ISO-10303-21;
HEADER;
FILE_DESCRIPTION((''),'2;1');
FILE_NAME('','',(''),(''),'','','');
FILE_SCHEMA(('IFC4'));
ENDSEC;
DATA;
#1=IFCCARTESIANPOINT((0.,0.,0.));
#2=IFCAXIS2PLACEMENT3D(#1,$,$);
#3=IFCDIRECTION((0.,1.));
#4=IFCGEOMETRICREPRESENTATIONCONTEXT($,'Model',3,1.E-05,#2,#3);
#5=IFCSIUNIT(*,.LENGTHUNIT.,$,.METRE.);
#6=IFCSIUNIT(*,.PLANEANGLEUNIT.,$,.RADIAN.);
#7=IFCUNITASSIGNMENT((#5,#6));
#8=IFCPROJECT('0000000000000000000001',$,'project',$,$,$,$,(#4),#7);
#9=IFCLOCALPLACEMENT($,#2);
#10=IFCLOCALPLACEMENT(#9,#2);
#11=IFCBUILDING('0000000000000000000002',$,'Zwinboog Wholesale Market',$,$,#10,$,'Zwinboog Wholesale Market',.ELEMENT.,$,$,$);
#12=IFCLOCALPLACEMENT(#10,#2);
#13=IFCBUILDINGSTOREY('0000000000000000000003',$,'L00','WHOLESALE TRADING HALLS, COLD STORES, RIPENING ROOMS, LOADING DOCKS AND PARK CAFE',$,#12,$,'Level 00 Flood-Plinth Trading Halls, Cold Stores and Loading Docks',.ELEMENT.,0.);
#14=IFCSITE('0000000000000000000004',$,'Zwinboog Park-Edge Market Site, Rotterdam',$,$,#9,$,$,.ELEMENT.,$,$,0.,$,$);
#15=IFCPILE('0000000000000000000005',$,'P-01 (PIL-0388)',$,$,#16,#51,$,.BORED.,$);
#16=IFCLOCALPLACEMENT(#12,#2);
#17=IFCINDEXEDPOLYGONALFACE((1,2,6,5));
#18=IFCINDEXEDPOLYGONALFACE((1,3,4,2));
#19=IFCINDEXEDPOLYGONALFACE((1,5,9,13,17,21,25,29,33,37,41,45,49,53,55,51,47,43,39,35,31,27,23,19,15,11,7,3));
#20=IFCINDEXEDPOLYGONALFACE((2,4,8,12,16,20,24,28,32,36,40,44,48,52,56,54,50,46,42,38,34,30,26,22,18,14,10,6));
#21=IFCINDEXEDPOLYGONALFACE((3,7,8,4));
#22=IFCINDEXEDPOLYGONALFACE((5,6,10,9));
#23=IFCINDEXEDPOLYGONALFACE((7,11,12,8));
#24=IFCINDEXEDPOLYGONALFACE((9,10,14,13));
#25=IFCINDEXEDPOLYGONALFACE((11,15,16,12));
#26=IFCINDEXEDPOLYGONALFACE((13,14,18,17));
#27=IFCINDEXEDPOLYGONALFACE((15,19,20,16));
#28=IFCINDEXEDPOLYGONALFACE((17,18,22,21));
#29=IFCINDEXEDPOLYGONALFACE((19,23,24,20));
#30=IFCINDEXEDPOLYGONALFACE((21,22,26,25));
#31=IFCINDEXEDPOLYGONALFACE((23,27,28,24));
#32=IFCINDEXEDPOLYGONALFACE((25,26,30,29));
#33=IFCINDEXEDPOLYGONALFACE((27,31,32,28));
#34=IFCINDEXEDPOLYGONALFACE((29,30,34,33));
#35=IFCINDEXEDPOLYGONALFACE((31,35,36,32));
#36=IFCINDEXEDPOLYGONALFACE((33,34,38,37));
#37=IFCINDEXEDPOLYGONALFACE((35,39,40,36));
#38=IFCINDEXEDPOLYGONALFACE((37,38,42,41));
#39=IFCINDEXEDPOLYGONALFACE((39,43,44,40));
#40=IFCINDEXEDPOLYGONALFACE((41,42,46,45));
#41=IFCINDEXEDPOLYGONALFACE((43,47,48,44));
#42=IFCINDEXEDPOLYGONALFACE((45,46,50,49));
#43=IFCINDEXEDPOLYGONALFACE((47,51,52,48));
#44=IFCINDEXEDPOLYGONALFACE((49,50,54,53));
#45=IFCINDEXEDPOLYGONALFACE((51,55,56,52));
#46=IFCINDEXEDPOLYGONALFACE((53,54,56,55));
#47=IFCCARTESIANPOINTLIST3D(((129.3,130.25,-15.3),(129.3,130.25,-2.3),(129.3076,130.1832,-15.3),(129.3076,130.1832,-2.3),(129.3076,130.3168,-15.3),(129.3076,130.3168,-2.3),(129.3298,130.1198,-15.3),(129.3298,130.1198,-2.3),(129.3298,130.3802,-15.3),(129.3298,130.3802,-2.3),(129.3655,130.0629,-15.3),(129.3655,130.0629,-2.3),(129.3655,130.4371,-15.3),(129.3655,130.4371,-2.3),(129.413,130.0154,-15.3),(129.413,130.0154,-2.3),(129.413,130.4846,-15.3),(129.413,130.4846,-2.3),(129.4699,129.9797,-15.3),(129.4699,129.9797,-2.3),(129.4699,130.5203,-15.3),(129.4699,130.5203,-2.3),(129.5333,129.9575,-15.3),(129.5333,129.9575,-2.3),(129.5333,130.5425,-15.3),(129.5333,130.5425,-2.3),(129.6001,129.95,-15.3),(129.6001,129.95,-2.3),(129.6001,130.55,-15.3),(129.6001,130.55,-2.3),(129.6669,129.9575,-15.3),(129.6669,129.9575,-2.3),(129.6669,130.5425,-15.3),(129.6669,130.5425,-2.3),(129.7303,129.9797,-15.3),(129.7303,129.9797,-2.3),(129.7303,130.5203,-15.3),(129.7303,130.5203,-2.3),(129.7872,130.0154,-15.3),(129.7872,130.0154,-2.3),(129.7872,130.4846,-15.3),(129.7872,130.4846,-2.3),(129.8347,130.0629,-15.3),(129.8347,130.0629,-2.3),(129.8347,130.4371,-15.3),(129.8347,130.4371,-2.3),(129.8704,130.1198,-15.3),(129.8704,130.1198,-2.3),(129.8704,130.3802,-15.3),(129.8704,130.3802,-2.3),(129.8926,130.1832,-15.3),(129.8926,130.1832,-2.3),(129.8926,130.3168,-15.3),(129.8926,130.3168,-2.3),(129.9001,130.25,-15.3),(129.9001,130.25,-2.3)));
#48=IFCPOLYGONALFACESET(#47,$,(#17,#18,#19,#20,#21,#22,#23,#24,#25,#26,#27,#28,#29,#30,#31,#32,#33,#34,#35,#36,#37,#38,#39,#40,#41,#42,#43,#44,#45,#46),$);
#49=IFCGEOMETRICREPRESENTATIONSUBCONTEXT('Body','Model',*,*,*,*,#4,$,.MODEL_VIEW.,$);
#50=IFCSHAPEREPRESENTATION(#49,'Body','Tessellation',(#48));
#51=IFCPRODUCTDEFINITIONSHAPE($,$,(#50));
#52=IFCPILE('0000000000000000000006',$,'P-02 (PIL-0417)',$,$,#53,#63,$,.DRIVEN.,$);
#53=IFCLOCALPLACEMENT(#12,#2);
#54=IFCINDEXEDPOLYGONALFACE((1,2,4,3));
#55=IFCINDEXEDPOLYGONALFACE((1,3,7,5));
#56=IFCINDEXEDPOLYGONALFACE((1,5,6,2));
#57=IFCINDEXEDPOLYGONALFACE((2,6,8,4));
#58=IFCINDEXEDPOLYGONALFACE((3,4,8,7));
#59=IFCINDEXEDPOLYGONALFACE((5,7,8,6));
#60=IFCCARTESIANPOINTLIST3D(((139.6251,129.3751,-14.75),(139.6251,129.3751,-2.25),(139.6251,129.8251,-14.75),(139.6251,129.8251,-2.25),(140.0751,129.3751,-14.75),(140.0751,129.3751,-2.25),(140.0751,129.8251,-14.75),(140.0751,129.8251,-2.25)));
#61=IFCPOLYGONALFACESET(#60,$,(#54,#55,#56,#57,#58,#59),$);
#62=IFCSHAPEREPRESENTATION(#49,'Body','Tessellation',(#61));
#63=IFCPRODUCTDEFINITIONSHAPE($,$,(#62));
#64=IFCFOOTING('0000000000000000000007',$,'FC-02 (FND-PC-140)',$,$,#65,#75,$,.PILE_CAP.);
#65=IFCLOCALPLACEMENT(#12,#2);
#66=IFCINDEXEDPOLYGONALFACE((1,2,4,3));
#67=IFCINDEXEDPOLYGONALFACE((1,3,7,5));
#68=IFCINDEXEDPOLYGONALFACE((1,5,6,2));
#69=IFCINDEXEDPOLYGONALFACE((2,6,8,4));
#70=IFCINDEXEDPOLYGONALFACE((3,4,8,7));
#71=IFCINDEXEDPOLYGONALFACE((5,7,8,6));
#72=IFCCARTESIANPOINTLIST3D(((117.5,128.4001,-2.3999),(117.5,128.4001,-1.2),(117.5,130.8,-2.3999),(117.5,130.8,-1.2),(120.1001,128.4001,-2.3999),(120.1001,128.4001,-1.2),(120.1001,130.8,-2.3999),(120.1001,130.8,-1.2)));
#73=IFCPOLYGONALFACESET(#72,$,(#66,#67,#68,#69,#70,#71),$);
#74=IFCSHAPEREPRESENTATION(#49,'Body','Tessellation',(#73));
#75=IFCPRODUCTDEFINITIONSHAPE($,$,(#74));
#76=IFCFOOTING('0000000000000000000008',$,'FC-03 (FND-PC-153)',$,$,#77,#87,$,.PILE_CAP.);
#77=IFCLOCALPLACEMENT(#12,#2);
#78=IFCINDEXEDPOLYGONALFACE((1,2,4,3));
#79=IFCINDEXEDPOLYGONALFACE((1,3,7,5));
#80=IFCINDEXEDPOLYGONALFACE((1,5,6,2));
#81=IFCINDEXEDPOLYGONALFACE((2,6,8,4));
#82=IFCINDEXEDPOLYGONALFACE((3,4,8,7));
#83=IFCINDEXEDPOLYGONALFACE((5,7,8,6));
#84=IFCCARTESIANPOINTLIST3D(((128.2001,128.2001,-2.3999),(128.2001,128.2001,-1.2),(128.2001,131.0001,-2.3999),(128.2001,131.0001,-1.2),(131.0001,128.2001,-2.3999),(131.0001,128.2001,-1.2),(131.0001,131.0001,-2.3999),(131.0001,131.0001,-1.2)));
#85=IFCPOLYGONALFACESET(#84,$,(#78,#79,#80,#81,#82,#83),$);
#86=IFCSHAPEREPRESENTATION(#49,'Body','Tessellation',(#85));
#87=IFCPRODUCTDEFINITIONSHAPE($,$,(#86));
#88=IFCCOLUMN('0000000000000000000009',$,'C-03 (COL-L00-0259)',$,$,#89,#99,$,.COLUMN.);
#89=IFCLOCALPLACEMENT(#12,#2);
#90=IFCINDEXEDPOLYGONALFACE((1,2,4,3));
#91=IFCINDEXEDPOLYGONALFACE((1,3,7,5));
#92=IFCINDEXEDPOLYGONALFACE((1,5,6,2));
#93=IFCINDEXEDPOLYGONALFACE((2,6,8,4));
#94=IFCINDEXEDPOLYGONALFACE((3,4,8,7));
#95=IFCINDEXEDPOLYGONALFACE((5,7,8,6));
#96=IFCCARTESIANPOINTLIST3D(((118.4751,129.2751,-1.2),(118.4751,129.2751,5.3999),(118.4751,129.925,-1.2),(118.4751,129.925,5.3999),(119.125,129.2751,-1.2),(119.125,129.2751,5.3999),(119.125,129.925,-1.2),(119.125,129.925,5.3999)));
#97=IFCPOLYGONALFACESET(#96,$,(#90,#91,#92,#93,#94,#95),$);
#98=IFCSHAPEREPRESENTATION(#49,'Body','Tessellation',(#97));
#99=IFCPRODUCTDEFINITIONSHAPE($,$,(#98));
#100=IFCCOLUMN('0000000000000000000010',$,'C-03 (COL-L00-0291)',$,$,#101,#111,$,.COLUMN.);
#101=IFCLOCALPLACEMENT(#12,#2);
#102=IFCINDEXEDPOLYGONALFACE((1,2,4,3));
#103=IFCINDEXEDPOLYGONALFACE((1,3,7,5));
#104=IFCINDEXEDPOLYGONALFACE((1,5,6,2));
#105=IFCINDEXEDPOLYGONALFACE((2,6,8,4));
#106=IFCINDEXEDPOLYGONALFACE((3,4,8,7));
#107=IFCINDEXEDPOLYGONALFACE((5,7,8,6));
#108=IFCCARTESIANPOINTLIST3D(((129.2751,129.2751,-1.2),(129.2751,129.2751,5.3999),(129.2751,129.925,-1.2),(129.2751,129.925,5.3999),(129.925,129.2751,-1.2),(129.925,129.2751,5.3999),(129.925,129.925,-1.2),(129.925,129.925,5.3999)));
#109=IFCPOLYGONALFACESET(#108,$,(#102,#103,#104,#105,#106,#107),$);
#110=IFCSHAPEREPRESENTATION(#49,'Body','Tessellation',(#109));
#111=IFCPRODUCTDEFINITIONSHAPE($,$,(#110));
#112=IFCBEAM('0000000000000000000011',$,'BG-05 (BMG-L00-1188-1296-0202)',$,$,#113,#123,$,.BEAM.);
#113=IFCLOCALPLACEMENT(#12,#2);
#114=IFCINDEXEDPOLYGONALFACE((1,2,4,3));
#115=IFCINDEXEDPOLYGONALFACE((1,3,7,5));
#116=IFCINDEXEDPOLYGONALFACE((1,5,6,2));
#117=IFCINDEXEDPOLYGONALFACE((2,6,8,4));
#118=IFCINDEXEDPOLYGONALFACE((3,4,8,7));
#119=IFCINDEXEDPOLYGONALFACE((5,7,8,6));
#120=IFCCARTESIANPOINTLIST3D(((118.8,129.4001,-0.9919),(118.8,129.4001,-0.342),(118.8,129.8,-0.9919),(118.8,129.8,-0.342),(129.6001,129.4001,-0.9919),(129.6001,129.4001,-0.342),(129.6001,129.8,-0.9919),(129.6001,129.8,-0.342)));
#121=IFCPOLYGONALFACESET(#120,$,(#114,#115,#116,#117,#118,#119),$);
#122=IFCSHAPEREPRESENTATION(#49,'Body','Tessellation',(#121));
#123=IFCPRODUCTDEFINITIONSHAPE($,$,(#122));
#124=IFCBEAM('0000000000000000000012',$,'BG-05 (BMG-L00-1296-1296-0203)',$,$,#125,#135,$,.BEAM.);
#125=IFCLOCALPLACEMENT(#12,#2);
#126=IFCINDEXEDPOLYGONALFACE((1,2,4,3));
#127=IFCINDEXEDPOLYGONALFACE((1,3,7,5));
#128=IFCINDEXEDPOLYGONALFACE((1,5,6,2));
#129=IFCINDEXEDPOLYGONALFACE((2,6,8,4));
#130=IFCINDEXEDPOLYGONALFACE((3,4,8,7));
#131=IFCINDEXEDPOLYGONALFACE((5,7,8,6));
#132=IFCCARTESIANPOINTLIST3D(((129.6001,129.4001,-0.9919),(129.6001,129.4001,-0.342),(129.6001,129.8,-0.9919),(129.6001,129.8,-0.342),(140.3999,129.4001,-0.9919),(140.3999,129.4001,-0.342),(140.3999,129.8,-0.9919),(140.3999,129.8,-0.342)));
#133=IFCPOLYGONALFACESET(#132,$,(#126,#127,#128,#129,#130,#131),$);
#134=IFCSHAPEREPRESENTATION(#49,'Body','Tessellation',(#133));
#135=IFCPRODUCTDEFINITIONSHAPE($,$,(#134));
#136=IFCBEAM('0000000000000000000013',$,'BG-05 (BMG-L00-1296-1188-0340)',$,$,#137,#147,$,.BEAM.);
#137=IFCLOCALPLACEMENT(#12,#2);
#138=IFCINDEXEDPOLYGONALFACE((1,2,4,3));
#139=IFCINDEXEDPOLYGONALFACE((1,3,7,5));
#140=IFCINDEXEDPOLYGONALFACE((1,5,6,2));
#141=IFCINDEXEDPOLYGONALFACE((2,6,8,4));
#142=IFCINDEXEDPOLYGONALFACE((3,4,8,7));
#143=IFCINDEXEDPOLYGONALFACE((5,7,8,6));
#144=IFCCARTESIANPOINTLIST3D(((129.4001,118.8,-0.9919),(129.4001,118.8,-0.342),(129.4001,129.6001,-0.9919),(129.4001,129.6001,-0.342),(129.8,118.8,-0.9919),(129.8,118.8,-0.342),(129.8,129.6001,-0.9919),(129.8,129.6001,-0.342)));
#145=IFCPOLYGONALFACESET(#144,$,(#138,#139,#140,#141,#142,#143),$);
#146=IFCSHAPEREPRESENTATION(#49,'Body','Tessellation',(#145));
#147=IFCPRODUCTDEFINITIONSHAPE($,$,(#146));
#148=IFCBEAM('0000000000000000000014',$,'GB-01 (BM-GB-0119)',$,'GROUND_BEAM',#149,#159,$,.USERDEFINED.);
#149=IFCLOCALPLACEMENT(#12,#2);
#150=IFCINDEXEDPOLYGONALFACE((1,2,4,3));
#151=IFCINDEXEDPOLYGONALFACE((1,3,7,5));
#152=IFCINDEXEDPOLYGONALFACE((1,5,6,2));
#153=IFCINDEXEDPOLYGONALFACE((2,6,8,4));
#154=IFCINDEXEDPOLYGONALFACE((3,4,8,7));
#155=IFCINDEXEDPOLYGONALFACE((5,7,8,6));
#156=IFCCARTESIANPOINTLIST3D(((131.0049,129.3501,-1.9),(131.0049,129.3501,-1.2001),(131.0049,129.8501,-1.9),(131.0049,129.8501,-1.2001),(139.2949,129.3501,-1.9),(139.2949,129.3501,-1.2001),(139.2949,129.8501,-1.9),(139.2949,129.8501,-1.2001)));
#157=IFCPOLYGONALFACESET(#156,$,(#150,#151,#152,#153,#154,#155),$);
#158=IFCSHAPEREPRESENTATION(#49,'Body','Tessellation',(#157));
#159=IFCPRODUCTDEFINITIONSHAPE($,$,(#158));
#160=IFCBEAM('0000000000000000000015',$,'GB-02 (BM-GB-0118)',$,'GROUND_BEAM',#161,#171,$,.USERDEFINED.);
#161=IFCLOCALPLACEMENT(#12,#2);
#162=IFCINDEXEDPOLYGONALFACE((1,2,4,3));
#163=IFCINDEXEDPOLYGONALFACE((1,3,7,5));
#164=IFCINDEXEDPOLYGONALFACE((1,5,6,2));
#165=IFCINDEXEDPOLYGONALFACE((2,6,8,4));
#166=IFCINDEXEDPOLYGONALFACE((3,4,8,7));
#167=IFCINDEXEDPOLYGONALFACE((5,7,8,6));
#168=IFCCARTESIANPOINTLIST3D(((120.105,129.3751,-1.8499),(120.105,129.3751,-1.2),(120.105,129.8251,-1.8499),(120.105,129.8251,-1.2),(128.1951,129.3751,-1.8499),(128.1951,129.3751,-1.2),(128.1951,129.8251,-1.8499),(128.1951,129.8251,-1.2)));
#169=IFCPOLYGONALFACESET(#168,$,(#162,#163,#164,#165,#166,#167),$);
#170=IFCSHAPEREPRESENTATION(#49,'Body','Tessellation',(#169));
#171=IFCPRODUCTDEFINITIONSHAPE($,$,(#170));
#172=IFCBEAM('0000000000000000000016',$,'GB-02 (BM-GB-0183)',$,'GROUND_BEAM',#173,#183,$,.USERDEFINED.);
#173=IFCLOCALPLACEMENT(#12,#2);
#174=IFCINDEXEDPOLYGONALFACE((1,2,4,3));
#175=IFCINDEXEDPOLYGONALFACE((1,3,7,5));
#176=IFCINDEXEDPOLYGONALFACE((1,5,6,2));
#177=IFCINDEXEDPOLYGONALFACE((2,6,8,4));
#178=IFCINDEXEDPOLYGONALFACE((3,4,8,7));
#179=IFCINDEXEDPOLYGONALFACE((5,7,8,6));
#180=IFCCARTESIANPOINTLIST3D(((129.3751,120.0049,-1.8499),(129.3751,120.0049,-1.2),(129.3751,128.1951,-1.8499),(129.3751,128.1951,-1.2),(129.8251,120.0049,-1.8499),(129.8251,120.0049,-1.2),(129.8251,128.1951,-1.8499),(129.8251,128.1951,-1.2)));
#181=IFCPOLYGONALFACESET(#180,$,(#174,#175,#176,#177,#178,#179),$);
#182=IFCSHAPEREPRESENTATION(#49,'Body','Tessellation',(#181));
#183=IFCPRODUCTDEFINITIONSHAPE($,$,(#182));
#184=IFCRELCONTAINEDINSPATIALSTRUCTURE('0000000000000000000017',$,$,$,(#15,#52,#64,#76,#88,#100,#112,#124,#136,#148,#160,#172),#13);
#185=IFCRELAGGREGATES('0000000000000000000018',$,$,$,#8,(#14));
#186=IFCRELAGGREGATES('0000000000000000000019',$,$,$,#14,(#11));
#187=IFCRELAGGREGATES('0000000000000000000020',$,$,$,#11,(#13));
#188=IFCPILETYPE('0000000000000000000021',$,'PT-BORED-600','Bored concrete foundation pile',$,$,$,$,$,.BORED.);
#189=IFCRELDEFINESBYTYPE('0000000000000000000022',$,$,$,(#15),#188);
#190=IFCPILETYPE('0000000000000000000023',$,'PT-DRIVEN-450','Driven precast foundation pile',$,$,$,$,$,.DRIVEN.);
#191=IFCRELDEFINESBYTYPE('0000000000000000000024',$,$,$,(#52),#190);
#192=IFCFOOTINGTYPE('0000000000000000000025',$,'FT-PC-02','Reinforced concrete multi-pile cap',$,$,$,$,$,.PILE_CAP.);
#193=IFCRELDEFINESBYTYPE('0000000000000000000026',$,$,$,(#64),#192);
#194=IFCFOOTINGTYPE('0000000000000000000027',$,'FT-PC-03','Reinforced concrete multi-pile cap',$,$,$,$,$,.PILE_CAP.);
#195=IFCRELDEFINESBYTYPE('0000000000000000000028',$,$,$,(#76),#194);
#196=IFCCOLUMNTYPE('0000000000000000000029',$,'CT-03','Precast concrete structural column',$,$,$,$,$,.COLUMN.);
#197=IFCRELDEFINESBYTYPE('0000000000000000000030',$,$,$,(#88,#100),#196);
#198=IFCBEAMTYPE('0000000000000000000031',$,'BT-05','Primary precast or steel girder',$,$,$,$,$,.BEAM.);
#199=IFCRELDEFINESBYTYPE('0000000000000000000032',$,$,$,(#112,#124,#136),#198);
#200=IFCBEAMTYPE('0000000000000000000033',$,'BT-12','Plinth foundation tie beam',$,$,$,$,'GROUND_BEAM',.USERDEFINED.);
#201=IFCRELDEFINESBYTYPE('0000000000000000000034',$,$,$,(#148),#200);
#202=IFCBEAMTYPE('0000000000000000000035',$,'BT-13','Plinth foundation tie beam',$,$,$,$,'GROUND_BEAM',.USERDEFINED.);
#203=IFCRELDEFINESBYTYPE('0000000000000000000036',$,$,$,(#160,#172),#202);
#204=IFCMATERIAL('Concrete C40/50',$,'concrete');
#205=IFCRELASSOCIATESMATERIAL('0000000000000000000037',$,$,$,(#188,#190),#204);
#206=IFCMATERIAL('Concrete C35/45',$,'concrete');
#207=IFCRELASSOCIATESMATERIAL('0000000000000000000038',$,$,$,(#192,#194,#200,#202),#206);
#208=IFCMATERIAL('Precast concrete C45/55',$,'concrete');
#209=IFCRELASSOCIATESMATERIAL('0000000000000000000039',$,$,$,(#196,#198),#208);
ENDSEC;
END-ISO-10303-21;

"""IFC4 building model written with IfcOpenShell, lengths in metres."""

from ifc_helpers import new_model, si_unit, direction, frame, origin, origin_2d, place, context, subcontext, project, spatial, rectangle, circle, extrude, material, material_profile, profile_set, type_object, element, save


model = new_model("IFC4")

# Units and contexts
model_context = context("Model", 3, precision=1e-05, world=origin(), true_north=direction((0.0, 1.0)))
body_context = subcontext(model_context, "Body", "Model", "MODEL_VIEW")
ifc_project = project(units=[si_unit("LENGTHUNIT", "METRE"), si_unit("PLANEANGLEUNIT", "RADIAN")], contexts=[model_context])

# Site, building, storey
site_placement = place(None, origin())
site = spatial("IfcSite", under=ifc_project, at=site_placement, Name="Zwinboog Park-Edge Market Site, Rotterdam", CompositionType="ELEMENT", RefElevation=0.0)
building_placement = place(site_placement, origin())
building = spatial("IfcBuilding", under=site, at=building_placement, Name="Zwinboog Wholesale Market", LongName="Zwinboog Wholesale Market", CompositionType="ELEMENT")
storey_placement = place(building_placement, origin())
storey = spatial("IfcBuildingStorey", under=building, at=storey_placement, Name="L00", Description="WHOLESALE TRADING HALLS, COLD STORES, RIPENING ROOMS, LOADING DOCKS AND PARK CAFE", LongName="Level 00 Flood-Plinth Trading Halls, Cold Stores and Loading Docks", CompositionType="ELEMENT", Elevation=0.0)

# Piles
ifc_material_1 = material(Name="Concrete C40/50", Category="concrete")
ifc_material_profile_1 = material_profile(ifc_material_1, circle(Radius=0.3, at=origin_2d()), Name="PILE D600")
ifc_profile_set_1 = profile_set([ifc_material_profile_1], Name="Concrete C40/50")
pile_type_1 = type_object("IfcPileType", Name="PT-BORED-600", Description="Bored concrete foundation pile", PredefinedType="BORED", material=ifc_profile_set_1)
for number, where, z_axis, x_axis, name in (
    (1, (129.6001, 130.25, -2.3), (0.0, 0.0, -1.0), (1.0, 0.0, 0.0), "P-01 (PIL-0388)"),
):
    element("IfcPile", number, at=place(storey_placement, frame(where, z_axis=z_axis, x_axis=x_axis)), inside=storey, type_object=pile_type_1, Name=name, PredefinedType="BORED", context=body_context, shape_type="SweptSolid", body=[
        extrude(circle(Radius=0.3, at=origin_2d()), origin(), (0.0, 0.0, 1.0), 13.0),
    ])
ifc_material_profile_2 = material_profile(ifc_material_1, rectangle(XDim=0.45, YDim=0.45, at=origin_2d()), Name="PILE SQ450")
ifc_profile_set_2 = profile_set([ifc_material_profile_2], Name="Concrete C40/50")
pile_type_2 = type_object("IfcPileType", Name="PT-DRIVEN-450", Description="Driven precast foundation pile", PredefinedType="DRIVEN", material=ifc_profile_set_2)
pile_placement = place(storey_placement, frame((139.8501, 129.6001, -2.25), z_axis=(0.0, 0.0, -1.0), x_axis=(1.0, 0.0, 0.0)))
element("IfcPile", 2, at=pile_placement, inside=storey, type_object=pile_type_2, Name="P-02 (PIL-0417)", PredefinedType="DRIVEN", context=body_context, shape_type="SweptSolid", body=[
    extrude(rectangle(XDim=0.45, YDim=0.45, at=origin_2d()), origin(), (0.0, 0.0, 1.0), 12.5),
])

# Footings
ifc_material_2 = material(Name="Concrete C35/45", Category="concrete")
footing_type_1 = type_object("IfcFootingType", Name="FT-PC-02", Description="Reinforced concrete multi-pile cap", PredefinedType="PILE_CAP", material=ifc_material_2)
footing_1_placement = place(storey_placement, frame((118.8, 129.6001, -2.3999), z_axis=(0.0, 0.0, 1.0), x_axis=(1.0, 0.0, 0.0)))
element("IfcFooting", 3, at=footing_1_placement, inside=storey, type_object=footing_type_1, Name="FC-02 (FND-PC-140)", PredefinedType="PILE_CAP", context=body_context, shape_type="SweptSolid", body=[
    extrude(rectangle(XDim=2.6001, YDim=2.3999, at=origin_2d()), origin(), (0.0, 0.0, 1.0), 1.2),
])
footing_type_2 = type_object("IfcFootingType", Name="FT-PC-03", Description="Reinforced concrete multi-pile cap", PredefinedType="PILE_CAP", material=ifc_material_2)
footing_2_placement = place(storey_placement, frame((129.6001, 129.6001, -2.3999), z_axis=(0.0, 0.0, 1.0), x_axis=(1.0, 0.0, 0.0)))
element("IfcFooting", 4, at=footing_2_placement, inside=storey, type_object=footing_type_2, Name="FC-03 (FND-PC-153)", PredefinedType="PILE_CAP", context=body_context, shape_type="SweptSolid", body=[
    extrude(rectangle(XDim=2.8, YDim=2.8, at=origin_2d()), origin(), (0.0, 0.0, 1.0), 1.2),
])

# Columns
ifc_material_3 = material(Name="Precast concrete C45/55", Category="concrete")
ifc_material_profile_3 = material_profile(ifc_material_3, rectangle(XDim=0.6499, YDim=0.6499, at=origin_2d()), Name="PC 650x650")
ifc_profile_set_3 = profile_set([ifc_material_profile_3], Name="Precast concrete C45/55")
column_type = type_object("IfcColumnType", Name="CT-03", Description="Precast concrete structural column", PredefinedType="COLUMN", material=ifc_profile_set_3)
for number, where, z_axis, x_axis, name in (
    (5, (118.8, 129.6001, -1.2), (0.0, 0.0, 1.0), (1.0, 0.0, 0.0), "C-03 (COL-L00-0259)"),
    (6, (129.6001, 129.6001, -1.2), (0.0, 0.0, 1.0), (1.0, 0.0, 0.0), "C-03 (COL-L00-0291)"),
):
    element("IfcColumn", number, at=place(storey_placement, frame(where, z_axis=z_axis, x_axis=x_axis)), inside=storey, type_object=column_type, Name=name, PredefinedType="COLUMN", context=body_context, shape_type="SweptSolid", body=[
        extrude(rectangle(XDim=0.6499, YDim=0.6499, at=origin_2d()), origin(), (0.0, 0.0, 1.0), 6.5999),
    ])

# Beams
ifc_material_profile_4 = material_profile(ifc_material_3, rectangle(XDim=0.3999, YDim=0.6499, at=origin_2d()), Name="PC 400x650")
ifc_profile_set_4 = profile_set([ifc_material_profile_4], Name="Precast concrete C45/55")
beam_type_1 = type_object("IfcBeamType", Name="BT-05", Description="Primary precast or steel girder", PredefinedType="BEAM", material=ifc_profile_set_4)
beam_1_placement = place(storey_placement, frame((118.8, 129.6001, -0.667), z_axis=(1.0, 0.0, 0.0), x_axis=(0.0, 1.0, 0.0)))
element("IfcBeam", 7, at=beam_1_placement, inside=storey, type_object=beam_type_1, Name="BG-05 (BMG-L00-1188-1296-0202)", PredefinedType="BEAM", context=body_context, shape_type="SweptSolid", body=[
    extrude(rectangle(XDim=0.3999, YDim=0.6499, at=origin_2d()), origin(), (0.0, 0.0, 1.0), 10.8),
])
beam_2_placement = place(storey_placement, frame((129.6001, 129.6001, -0.667), z_axis=(1.0, 0.0, 0.0), x_axis=(0.0, 1.0, 0.0)))
element("IfcBeam", 8, at=beam_2_placement, inside=storey, type_object=beam_type_1, Name="BG-05 (BMG-L00-1296-1296-0203)", PredefinedType="BEAM", context=body_context, shape_type="SweptSolid", body=[
    extrude(rectangle(XDim=0.3999, YDim=0.6499, at=origin_2d()), origin(), (0.0, 0.0, 1.0), 10.7998),
])
beam_3_placement = place(storey_placement, frame((129.6001, 118.8, -0.667), z_axis=(0.0, 1.0, 0.0), x_axis=(-1.0, 0.0, 0.0)))
element("IfcBeam", 9, at=beam_3_placement, inside=storey, type_object=beam_type_1, Name="BG-05 (BMG-L00-1296-1188-0340)", PredefinedType="BEAM", context=body_context, shape_type="SweptSolid", body=[
    extrude(rectangle(XDim=0.3999, YDim=0.6499, at=origin_2d()), origin(), (0.0, 0.0, 1.0), 10.8),
])
ifc_material_profile_5 = material_profile(ifc_material_2, rectangle(XDim=0.5, YDim=0.7, at=origin_2d()), Name="RC 500x700")
ifc_profile_set_5 = profile_set([ifc_material_profile_5], Name="Concrete C35/45")
beam_type_2 = type_object("IfcBeamType", Name="BT-12", Description="Plinth foundation tie beam", ElementType="GROUND_BEAM", PredefinedType="USERDEFINED", material=ifc_profile_set_5)
beam_4_placement = place(storey_placement, frame((131.0049, 129.6001, -1.55), z_axis=(1.0, 0.0, 0.0), x_axis=(0.0, 1.0, 0.0)))
element("IfcBeam", 10, at=beam_4_placement, inside=storey, type_object=beam_type_2, Name="GB-01 (BM-GB-0119)", ObjectType="GROUND_BEAM", PredefinedType="USERDEFINED", context=body_context, shape_type="SweptSolid", body=[
    extrude(rectangle(XDim=0.5, YDim=0.7, at=origin_2d()), origin(), (0.0, 0.0, 1.0), 8.29),
])
ifc_material_profile_6 = material_profile(ifc_material_2, rectangle(XDim=0.45, YDim=0.6499, at=origin_2d()), Name="RC 450x650")
ifc_profile_set_6 = profile_set([ifc_material_profile_6], Name="Concrete C35/45")
beam_type_3 = type_object("IfcBeamType", Name="BT-13", Description="Plinth foundation tie beam", ElementType="GROUND_BEAM", PredefinedType="USERDEFINED", material=ifc_profile_set_6)
beam_5_placement = place(storey_placement, frame((120.105, 129.6001, -1.5249), z_axis=(1.0, 0.0, 0.0), x_axis=(0.0, 1.0, 0.0)))
element("IfcBeam", 11, at=beam_5_placement, inside=storey, type_object=beam_type_3, Name="GB-02 (BM-GB-0118)", ObjectType="GROUND_BEAM", PredefinedType="USERDEFINED", context=body_context, shape_type="SweptSolid", body=[
    extrude(rectangle(XDim=0.45, YDim=0.6499, at=origin_2d()), origin(), (0.0, 0.0, 1.0), 8.0901),
])
beam_6_placement = place(storey_placement, frame((129.6001, 120.0049, -1.5249), z_axis=(0.0, 1.0, 0.0), x_axis=(-1.0, 0.0, 0.0)))
element("IfcBeam", 12, at=beam_6_placement, inside=storey, type_object=beam_type_3, Name="GB-02 (BM-GB-0183)", ObjectType="GROUND_BEAM", PredefinedType="USERDEFINED", context=body_context, shape_type="SweptSolid", body=[
    extrude(rectangle(XDim=0.45, YDim=0.6499, at=origin_2d()), origin(), (0.0, 0.0, 1.0), 8.1902),
])

save(model, "model.ifc")
